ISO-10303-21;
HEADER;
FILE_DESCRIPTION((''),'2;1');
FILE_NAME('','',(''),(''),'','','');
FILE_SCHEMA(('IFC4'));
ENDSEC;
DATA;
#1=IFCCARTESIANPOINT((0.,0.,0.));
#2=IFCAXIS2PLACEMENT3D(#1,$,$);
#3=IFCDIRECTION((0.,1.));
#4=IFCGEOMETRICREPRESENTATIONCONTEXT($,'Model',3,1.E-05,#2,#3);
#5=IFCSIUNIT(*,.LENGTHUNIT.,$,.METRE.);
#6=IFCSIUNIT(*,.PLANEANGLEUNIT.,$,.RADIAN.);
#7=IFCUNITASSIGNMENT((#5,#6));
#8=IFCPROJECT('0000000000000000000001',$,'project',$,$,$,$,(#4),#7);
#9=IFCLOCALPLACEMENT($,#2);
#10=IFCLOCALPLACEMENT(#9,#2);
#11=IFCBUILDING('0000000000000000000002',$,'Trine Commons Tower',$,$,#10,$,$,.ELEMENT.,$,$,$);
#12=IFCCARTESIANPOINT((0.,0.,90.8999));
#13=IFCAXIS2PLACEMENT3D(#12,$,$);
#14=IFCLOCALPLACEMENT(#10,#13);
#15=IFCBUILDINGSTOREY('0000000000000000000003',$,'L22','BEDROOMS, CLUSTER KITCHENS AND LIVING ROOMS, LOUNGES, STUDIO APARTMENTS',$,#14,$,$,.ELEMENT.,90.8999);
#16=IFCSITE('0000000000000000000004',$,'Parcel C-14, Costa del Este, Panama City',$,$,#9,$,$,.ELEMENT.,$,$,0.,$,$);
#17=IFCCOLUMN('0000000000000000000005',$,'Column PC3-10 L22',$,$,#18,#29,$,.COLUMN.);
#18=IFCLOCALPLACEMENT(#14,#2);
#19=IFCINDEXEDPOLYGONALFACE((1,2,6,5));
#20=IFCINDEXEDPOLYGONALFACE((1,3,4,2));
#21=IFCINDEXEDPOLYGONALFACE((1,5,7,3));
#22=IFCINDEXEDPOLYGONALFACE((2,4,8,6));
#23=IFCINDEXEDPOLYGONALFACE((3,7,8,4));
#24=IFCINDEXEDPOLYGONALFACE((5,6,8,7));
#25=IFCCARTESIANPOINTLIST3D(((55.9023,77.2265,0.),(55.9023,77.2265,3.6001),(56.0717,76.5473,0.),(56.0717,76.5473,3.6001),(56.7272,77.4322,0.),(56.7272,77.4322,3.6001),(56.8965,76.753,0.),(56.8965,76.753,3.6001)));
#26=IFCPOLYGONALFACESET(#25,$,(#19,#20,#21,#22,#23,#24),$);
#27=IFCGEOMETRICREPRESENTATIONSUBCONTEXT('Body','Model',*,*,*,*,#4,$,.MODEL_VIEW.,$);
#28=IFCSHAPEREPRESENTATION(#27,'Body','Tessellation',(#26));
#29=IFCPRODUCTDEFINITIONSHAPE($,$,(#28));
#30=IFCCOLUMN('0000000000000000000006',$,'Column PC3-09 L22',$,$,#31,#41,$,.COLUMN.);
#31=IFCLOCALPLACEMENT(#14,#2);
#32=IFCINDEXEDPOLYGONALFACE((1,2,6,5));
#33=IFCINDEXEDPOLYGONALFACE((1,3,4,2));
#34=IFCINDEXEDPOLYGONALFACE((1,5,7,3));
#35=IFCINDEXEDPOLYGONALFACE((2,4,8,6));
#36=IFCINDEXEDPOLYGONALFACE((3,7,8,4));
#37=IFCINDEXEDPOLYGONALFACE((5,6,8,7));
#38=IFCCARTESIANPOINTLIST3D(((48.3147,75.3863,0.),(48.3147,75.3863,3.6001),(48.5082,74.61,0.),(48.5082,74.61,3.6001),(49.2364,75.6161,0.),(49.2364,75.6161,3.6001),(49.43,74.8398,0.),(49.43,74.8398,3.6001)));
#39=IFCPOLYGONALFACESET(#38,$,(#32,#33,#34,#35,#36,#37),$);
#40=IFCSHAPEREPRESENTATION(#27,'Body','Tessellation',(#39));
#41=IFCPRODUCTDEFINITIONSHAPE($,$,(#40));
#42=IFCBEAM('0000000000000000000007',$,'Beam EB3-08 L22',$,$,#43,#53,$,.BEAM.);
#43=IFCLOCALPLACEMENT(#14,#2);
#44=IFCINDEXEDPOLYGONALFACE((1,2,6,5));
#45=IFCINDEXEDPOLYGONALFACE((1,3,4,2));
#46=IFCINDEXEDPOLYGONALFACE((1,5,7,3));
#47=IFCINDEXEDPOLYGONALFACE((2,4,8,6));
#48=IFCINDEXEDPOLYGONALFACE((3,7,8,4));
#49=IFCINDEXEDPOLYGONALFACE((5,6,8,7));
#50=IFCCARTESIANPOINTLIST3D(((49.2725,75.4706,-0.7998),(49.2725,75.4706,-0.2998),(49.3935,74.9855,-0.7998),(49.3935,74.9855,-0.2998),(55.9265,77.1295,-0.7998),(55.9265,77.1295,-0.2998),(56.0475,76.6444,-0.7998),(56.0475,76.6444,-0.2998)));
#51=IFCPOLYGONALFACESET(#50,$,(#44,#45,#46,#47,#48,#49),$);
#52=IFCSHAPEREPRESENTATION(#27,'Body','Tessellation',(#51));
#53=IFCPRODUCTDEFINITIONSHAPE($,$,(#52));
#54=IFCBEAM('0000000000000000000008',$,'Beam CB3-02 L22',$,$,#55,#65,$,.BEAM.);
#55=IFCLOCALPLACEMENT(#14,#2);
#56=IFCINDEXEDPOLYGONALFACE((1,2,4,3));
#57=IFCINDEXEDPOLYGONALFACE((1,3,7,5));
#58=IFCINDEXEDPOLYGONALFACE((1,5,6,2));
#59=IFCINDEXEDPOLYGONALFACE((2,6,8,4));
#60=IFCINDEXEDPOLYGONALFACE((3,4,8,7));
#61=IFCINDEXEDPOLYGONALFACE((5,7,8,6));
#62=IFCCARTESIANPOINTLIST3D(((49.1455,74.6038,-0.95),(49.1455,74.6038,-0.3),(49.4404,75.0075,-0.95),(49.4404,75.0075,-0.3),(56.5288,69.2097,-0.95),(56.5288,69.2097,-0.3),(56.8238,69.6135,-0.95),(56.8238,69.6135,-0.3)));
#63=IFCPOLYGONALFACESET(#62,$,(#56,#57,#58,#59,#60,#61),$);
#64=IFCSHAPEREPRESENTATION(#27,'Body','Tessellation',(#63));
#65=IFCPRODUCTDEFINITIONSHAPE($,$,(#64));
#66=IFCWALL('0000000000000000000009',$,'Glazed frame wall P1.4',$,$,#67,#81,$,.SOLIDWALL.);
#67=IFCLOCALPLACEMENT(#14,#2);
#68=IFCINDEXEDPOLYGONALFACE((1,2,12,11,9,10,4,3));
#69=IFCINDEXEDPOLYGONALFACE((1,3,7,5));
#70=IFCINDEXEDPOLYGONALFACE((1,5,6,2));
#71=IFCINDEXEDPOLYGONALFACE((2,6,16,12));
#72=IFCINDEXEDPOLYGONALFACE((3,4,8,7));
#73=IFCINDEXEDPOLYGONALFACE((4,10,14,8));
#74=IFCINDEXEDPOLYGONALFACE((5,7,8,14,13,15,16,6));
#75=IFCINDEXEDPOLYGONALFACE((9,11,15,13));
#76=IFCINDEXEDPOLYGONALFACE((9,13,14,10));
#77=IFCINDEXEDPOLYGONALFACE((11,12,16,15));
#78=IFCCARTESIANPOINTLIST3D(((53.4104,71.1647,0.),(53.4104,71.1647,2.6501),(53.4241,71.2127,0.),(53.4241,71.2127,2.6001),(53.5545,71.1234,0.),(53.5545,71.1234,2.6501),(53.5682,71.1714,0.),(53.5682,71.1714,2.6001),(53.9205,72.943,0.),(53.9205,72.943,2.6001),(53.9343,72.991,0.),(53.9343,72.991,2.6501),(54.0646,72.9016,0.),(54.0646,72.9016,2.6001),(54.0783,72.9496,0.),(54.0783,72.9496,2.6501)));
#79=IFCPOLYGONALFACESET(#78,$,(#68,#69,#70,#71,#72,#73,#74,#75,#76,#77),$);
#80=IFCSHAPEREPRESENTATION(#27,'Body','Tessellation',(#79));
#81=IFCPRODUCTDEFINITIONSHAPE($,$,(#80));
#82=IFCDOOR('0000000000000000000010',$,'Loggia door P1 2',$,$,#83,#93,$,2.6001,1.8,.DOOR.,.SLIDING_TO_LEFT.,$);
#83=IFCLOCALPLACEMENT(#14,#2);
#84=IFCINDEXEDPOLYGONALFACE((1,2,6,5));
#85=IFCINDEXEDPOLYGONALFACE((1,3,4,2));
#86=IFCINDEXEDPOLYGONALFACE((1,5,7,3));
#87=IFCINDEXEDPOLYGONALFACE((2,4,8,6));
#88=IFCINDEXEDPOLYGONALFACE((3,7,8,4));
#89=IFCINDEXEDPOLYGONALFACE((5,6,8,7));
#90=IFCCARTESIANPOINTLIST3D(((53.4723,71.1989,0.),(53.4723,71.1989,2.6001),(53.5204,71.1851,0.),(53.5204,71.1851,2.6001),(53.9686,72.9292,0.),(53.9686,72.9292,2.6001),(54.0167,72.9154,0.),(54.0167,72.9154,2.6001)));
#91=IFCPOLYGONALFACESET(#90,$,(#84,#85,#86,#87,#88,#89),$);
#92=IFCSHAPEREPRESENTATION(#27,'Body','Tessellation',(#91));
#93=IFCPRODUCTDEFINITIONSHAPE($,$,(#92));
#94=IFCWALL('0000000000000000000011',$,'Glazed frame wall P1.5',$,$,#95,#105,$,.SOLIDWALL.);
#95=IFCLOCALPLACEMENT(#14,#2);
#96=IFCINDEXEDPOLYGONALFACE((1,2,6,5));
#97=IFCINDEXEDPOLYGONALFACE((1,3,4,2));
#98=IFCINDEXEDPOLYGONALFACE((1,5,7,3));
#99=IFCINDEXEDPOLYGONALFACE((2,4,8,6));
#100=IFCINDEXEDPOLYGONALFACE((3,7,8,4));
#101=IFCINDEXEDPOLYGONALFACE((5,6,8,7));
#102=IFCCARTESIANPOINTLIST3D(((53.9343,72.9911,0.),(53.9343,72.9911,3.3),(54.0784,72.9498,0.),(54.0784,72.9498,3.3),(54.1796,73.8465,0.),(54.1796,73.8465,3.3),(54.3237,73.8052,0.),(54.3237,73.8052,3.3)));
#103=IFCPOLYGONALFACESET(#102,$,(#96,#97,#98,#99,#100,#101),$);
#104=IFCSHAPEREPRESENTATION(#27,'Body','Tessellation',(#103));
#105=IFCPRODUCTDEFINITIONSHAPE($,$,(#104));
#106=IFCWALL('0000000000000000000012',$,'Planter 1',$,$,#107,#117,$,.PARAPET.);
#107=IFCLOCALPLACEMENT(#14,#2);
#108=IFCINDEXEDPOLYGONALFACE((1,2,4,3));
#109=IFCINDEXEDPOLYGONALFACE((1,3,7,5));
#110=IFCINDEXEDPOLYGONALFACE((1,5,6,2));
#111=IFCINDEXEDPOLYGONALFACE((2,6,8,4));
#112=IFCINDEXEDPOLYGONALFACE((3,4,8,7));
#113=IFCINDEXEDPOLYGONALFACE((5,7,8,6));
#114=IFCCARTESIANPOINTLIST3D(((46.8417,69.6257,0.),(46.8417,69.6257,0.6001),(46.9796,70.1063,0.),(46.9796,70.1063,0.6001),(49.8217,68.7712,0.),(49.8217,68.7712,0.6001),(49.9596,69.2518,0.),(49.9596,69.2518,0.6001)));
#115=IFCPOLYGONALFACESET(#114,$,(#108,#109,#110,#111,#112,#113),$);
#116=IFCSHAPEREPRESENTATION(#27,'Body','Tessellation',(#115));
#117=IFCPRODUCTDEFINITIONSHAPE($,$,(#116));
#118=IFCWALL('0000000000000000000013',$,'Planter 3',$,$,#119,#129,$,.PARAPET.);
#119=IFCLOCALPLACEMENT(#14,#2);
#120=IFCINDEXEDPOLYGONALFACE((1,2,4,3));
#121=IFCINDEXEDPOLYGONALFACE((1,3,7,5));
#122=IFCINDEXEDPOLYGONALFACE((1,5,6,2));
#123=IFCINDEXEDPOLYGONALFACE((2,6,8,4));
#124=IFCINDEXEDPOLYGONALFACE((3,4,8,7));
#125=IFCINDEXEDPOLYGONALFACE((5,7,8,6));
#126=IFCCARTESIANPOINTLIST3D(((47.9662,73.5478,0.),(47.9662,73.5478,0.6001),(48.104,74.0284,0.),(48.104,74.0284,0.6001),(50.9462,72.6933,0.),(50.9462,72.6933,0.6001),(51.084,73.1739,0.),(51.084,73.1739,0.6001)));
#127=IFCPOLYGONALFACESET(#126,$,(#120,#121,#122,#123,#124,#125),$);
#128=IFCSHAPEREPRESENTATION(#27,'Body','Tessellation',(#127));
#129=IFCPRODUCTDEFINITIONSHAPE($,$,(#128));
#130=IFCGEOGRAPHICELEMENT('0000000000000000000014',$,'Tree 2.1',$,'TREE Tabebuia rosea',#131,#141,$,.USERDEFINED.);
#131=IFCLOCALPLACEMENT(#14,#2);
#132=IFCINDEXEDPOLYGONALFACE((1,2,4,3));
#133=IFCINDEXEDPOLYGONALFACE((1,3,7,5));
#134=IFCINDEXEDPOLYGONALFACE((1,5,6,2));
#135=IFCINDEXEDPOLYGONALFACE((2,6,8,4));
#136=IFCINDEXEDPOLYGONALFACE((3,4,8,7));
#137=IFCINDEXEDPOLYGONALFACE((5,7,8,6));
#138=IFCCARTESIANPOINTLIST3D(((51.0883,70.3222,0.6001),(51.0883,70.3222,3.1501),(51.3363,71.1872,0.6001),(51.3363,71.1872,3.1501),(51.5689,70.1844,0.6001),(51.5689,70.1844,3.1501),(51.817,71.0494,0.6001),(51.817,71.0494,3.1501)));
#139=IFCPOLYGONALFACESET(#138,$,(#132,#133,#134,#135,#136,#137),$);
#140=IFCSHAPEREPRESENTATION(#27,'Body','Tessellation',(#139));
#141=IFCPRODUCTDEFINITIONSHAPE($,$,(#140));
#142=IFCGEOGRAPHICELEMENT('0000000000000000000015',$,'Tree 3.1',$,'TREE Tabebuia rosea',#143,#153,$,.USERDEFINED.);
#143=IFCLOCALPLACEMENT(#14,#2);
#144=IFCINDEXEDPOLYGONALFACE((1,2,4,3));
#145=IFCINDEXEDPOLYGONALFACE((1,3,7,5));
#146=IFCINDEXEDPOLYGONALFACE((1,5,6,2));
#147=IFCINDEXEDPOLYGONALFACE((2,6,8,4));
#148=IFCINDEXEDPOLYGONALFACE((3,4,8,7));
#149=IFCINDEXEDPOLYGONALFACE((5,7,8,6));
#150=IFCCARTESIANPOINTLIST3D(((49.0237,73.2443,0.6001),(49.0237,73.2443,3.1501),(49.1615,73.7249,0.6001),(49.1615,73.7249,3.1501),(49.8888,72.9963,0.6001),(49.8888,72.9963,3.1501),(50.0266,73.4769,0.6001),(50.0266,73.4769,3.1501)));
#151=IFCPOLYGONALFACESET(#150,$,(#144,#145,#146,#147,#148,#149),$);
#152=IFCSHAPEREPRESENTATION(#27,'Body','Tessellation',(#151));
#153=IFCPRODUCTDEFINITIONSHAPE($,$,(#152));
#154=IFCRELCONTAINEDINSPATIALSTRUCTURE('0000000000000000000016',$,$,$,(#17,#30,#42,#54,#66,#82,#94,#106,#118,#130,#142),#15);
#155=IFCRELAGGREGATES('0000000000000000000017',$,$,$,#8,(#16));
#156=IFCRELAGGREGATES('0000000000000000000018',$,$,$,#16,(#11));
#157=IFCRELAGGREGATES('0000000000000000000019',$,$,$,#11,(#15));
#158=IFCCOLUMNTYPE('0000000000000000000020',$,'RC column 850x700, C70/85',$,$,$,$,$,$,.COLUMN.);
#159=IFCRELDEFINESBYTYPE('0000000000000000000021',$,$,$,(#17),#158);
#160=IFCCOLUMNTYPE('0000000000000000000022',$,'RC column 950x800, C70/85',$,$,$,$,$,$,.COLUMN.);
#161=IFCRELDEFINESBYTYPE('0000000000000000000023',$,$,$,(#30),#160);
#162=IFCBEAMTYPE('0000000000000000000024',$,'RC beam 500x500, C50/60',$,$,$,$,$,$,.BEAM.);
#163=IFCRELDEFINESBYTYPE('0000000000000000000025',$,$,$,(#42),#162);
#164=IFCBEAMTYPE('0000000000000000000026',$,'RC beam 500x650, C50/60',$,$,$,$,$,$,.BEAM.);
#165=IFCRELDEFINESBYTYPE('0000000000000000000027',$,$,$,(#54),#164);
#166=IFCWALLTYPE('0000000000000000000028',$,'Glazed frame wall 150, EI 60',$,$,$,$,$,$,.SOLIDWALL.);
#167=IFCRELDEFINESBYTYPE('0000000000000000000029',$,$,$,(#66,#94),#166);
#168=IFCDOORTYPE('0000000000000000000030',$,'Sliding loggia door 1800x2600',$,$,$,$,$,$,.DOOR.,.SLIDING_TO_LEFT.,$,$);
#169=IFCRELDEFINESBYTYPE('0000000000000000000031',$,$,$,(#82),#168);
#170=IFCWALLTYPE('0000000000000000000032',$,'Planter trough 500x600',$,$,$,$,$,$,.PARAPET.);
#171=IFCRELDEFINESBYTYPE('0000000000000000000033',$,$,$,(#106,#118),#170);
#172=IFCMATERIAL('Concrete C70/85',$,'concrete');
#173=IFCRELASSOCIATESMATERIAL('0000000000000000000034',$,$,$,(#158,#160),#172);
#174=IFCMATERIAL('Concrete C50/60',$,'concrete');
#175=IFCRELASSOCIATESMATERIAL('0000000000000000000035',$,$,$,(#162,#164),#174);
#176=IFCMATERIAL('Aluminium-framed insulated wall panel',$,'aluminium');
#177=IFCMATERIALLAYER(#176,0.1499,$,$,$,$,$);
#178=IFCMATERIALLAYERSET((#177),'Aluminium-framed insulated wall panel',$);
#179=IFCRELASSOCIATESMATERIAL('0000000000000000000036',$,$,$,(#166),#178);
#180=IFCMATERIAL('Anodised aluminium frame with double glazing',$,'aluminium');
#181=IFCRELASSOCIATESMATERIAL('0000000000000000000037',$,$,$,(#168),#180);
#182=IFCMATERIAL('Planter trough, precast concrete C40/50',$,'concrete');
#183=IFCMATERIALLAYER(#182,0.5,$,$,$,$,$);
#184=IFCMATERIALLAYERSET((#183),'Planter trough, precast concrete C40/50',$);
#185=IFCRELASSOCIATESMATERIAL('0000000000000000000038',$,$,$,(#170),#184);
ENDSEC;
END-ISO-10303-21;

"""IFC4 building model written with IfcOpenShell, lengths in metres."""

from ifc_helpers import new_model, si_unit, direction, frame, frame_2d, origin, origin_2d, place, context, subcontext, project, spatial, polyline, rectangle, outline, extrude, material, layer, layer_set, material_profile, profile_set, type_object, element, fill, save


model = new_model("IFC4")

# Units and contexts
model_context = context("Model", 3, precision=1e-05, world=origin(), true_north=direction((0.0, 1.0)))
body_context = subcontext(model_context, "Body", "Model", "MODEL_VIEW")
ifc_project = project(units=[si_unit("LENGTHUNIT", "METRE"), si_unit("PLANEANGLEUNIT", "RADIAN")], contexts=[model_context])

# Site, building, storey
site_placement = place(None, origin())
site = spatial("IfcSite", under=ifc_project, at=site_placement, Name="Parcel C-14, Costa del Este, Panama City", CompositionType="ELEMENT", RefElevation=0.0)
building_placement = place(site_placement, origin())
building = spatial("IfcBuilding", under=site, at=building_placement, Name="Trine Commons Tower", CompositionType="ELEMENT")
storey_placement = place(building_placement, frame((0.0, 0.0, 90.8999)))
storey = spatial("IfcBuildingStorey", under=building, at=storey_placement, Name="L22", Description="BEDROOMS, CLUSTER KITCHENS AND LIVING ROOMS, LOUNGES, STUDIO APARTMENTS", CompositionType="ELEMENT", Elevation=90.8999)

# Columns
ifc_material_1 = material(Name="Concrete C70/85", Category="concrete")
ifc_material_profile_1 = material_profile(ifc_material_1, rectangle(XDim=0.8501, YDim=0.7, at=origin_2d()), Name="RC 850x700")
ifc_profile_set_1 = profile_set([ifc_material_profile_1], Name="Concrete C70/85")
column_type_1 = type_object("IfcColumnType", Name="RC column 850x700, C70/85", PredefinedType="COLUMN", material=ifc_profile_set_1)
column_1_placement = place(storey_placement, frame((56.3994, 76.9897, 0.0), z_axis=(0.0, 0.0, 1.0), x_axis=(0.970296, 0.241922, 0.0)))
element("IfcColumn", 1, at=column_1_placement, inside=storey, type_object=column_type_1, Name="Column PC3-10 L22", PredefinedType="COLUMN", context=body_context, shape_type="SweptSolid", body=[
    extrude(rectangle(XDim=0.8501, YDim=0.7, at=origin_2d()), origin(), (0.0, 0.0, 1.0), 3.6001),
])
ifc_material_profile_2 = material_profile(ifc_material_1, rectangle(XDim=0.95, YDim=0.8, at=origin_2d()), Name="RC 950x800")
ifc_profile_set_2 = profile_set([ifc_material_profile_2], Name="Concrete C70/85")
column_type_2 = type_object("IfcColumnType", Name="RC column 950x800, C70/85", PredefinedType="COLUMN", material=ifc_profile_set_2)
column_2_placement = place(storey_placement, frame((48.8723, 75.113, 0.0), z_axis=(0.0, 0.0, 1.0), x_axis=(0.970296, 0.241922, 0.0)))
element("IfcColumn", 2, at=column_2_placement, inside=storey, type_object=column_type_2, Name="Column PC3-09 L22", PredefinedType="COLUMN", context=body_context, shape_type="SweptSolid", body=[
    extrude(rectangle(XDim=0.95, YDim=0.8, at=origin_2d()), origin(), (0.0, 0.0, 1.0), 3.6001),
])

# Beams
ifc_material_2 = material(Name="Concrete C50/60", Category="concrete")
ifc_material_profile_3 = material_profile(ifc_material_2, rectangle(XDim=0.5, YDim=0.5, at=origin_2d()), Name="RC 500x500")
ifc_profile_set_3 = profile_set([ifc_material_profile_3], Name="Concrete C50/60")
beam_type_1 = type_object("IfcBeamType", Name="RC beam 500x500, C50/60", PredefinedType="BEAM", material=ifc_profile_set_3)
beam_1_placement = place(storey_placement, frame((49.333, 75.228, -0.5498), z_axis=(0.970299, 0.241907, 0.0), x_axis=(-0.241907, 0.970299, 0.0)))
element("IfcBeam", 3, at=beam_1_placement, inside=storey, type_object=beam_type_1, Name="Beam EB3-08 L22", PredefinedType="BEAM", context=body_context, shape_type="SweptSolid", body=[
    extrude(rectangle(XDim=0.5, YDim=0.5, at=origin_2d()), origin(), (0.0, 0.0, 1.0), 6.8577),
])
ifc_material_profile_4 = material_profile(ifc_material_2, rectangle(XDim=0.5, YDim=0.6499, at=origin_2d()), Name="RC 500x650")
ifc_profile_set_4 = profile_set([ifc_material_profile_4], Name="Concrete C50/60")
beam_type_2 = type_object("IfcBeamType", Name="RC beam 500x650, C50/60", PredefinedType="BEAM", material=ifc_profile_set_4)
beam_2_placement = place(storey_placement, frame((49.293, 74.8057, -0.625), z_axis=(0.807466, -0.589913, 0.0), x_axis=(0.589913, 0.807466, 0.0)))
element("IfcBeam", 4, at=beam_2_placement, inside=storey, type_object=beam_type_2, Name="Beam CB3-02 L22", PredefinedType="BEAM", context=body_context, shape_type="SweptSolid", body=[
    extrude(rectangle(XDim=0.5, YDim=0.6499, at=origin_2d()), origin(), (0.0, 0.0, 1.0), 9.1438),
])

# Wall, opening, door
ifc_material_3 = material(Name="Aluminium-framed insulated wall panel", Category="aluminium")
ifc_layer_1 = layer(ifc_material_3, 0.1499)
ifc_layer_set_1 = layer_set([ifc_layer_1], Name="Aluminium-framed insulated wall panel")
wall_type_1 = type_object("IfcWallType", Name="Glazed frame wall 150, EI 60", PredefinedType="SOLIDWALL", material=ifc_layer_set_1)
wall_1_placement = place(storey_placement, frame((53.4824, 71.144, 0.0), z_axis=(0.0, 0.0, 1.0), x_axis=(0.275739, 0.961232, 0.0)))
wall_1 = element("IfcWall", 5, at=wall_1_placement, inside=storey, type_object=wall_type_1, Name="Glazed frame wall P1.4", PredefinedType="SOLIDWALL", context=body_context, shape_type="SweptSolid", body=[
    extrude(outline(polyline([(0.0, -0.075), (1.8999, -0.075), (1.8999, 0.075), (0.0, 0.075), (0.0, -0.075)])), origin(), (0.0, 0.0, 1.0), 2.6501),
])
opening_1_placement = place(wall_1_placement, frame((0.05, 0.0, 0.0)))
opening_1 = element("IfcOpeningElement", 6, at=opening_1_placement, cuts=wall_1, PredefinedType="OPENING", context=body_context, shape_type="SweptSolid", body=[
    extrude(rectangle(XDim=1.8, YDim=2.6001, at=frame_2d((0.8999, 1.3))), frame((0.0, 0.085, 0.0), z_axis=(0.0, -1.0, 0.0), x_axis=(1.0, 0.0, 0.0)), (0.0, 0.0, 1.0), 0.1699),
])
ifc_material_4 = material(Name="Anodised aluminium frame with double glazing", Category="aluminium")
door_type = type_object("IfcDoorType", Name="Sliding loggia door 1800x2600", OperationType="SLIDING_TO_LEFT", PredefinedType="DOOR", material=ifc_material_4)
door_1_placement = place(opening_1_placement, origin())
door_1 = element("IfcDoor", 7, at=door_1_placement, inside=storey, type_object=door_type, Name="Loggia door P1 2", OperationType="SLIDING_TO_LEFT", OverallHeight=2.6001, OverallWidth=1.8, PredefinedType="DOOR", context=body_context, shape_type="SweptSolid", body=[
    extrude(rectangle(XDim=1.8, YDim=2.6001, at=frame_2d((0.8999, 1.3))), frame((0.0, 0.0249, 0.0), z_axis=(0.0, -1.0, 0.0), x_axis=(1.0, 0.0, 0.0)), (0.0, 0.0, 1.0), 0.05),
])
fill(opening_1, door_1)

# Wall
wall_2_placement = place(storey_placement, frame((54.0063, 72.9705, 0.0), z_axis=(0.0, 0.0, 1.0), x_axis=(0.275656, 0.961256, 0.0)))
element("IfcWall", 8, at=wall_2_placement, inside=storey, type_object=wall_type_1, Name="Glazed frame wall P1.5", PredefinedType="SOLIDWALL", context=body_context, shape_type="SweptSolid", body=[
    extrude(outline(polyline([(0.8899, 0.075), (0.0, 0.075), (0.0, -0.075), (0.8899, -0.075), (0.8899, 0.075)])), origin(), (0.0, 0.0, 1.0), 3.3),
])

# Walls
ifc_material_5 = material(Name="Planter trough, precast concrete C40/50", Category="concrete")
ifc_layer_2 = layer(ifc_material_5, 0.5)
ifc_layer_set_2 = layer_set([ifc_layer_2], Name="Planter trough, precast concrete C40/50")
wall_type_2 = type_object("IfcWallType", Name="Planter trough 500x600", PredefinedType="PARAPET", material=ifc_layer_set_2)
for number, where, z_axis, x_axis, name in (
    (9, (46.9106, 69.866, 0.0), (0.0, 0.0, 1.0), (0.961262, -0.275636, 0.0), "Planter 1"),
    (10, (51.0151, 72.9336, 0.0), (0.0, 0.0, 1.0), (-0.961262, 0.275636, 0.0), "Planter 3"),
):
    element("IfcWall", number, at=place(storey_placement, frame(where, z_axis=z_axis, x_axis=x_axis)), inside=storey, type_object=wall_type_2, Name=name, PredefinedType="PARAPET", context=body_context, shape_type="SweptSolid", body=[
        extrude(rectangle(XDim=3.1001, YDim=0.5, at=frame_2d((1.55, 0.0))), origin(), (0.0, 0.0, 1.0), 0.6001),
    ])

# Geographic elements
for number, where, z_axis, x_axis, name in (
    (11, (51.4526, 70.6858, 0.6001), (0.0, 0.0, 1.0), (0.275646, 0.961259, 0.0), "Tree 2.1"),
    (12, (49.5251, 73.3606, 0.6001), (0.0, 0.0, 1.0), (-0.961263, 0.275634, 0.0), "Tree 3.1"),
):
    element("IfcGeographicElement", number, at=place(storey_placement, frame(where, z_axis=z_axis, x_axis=x_axis)), inside=storey, Name=name, ObjectType="TREE Tabebuia rosea", PredefinedType="USERDEFINED", context=body_context, shape_type="SweptSolid", body=[
        extrude(rectangle(XDim=0.8999, YDim=0.5, at=origin_2d()), origin(), (0.0, 0.0, 1.0), 2.55),
    ])

save(model, "model.ifc")
